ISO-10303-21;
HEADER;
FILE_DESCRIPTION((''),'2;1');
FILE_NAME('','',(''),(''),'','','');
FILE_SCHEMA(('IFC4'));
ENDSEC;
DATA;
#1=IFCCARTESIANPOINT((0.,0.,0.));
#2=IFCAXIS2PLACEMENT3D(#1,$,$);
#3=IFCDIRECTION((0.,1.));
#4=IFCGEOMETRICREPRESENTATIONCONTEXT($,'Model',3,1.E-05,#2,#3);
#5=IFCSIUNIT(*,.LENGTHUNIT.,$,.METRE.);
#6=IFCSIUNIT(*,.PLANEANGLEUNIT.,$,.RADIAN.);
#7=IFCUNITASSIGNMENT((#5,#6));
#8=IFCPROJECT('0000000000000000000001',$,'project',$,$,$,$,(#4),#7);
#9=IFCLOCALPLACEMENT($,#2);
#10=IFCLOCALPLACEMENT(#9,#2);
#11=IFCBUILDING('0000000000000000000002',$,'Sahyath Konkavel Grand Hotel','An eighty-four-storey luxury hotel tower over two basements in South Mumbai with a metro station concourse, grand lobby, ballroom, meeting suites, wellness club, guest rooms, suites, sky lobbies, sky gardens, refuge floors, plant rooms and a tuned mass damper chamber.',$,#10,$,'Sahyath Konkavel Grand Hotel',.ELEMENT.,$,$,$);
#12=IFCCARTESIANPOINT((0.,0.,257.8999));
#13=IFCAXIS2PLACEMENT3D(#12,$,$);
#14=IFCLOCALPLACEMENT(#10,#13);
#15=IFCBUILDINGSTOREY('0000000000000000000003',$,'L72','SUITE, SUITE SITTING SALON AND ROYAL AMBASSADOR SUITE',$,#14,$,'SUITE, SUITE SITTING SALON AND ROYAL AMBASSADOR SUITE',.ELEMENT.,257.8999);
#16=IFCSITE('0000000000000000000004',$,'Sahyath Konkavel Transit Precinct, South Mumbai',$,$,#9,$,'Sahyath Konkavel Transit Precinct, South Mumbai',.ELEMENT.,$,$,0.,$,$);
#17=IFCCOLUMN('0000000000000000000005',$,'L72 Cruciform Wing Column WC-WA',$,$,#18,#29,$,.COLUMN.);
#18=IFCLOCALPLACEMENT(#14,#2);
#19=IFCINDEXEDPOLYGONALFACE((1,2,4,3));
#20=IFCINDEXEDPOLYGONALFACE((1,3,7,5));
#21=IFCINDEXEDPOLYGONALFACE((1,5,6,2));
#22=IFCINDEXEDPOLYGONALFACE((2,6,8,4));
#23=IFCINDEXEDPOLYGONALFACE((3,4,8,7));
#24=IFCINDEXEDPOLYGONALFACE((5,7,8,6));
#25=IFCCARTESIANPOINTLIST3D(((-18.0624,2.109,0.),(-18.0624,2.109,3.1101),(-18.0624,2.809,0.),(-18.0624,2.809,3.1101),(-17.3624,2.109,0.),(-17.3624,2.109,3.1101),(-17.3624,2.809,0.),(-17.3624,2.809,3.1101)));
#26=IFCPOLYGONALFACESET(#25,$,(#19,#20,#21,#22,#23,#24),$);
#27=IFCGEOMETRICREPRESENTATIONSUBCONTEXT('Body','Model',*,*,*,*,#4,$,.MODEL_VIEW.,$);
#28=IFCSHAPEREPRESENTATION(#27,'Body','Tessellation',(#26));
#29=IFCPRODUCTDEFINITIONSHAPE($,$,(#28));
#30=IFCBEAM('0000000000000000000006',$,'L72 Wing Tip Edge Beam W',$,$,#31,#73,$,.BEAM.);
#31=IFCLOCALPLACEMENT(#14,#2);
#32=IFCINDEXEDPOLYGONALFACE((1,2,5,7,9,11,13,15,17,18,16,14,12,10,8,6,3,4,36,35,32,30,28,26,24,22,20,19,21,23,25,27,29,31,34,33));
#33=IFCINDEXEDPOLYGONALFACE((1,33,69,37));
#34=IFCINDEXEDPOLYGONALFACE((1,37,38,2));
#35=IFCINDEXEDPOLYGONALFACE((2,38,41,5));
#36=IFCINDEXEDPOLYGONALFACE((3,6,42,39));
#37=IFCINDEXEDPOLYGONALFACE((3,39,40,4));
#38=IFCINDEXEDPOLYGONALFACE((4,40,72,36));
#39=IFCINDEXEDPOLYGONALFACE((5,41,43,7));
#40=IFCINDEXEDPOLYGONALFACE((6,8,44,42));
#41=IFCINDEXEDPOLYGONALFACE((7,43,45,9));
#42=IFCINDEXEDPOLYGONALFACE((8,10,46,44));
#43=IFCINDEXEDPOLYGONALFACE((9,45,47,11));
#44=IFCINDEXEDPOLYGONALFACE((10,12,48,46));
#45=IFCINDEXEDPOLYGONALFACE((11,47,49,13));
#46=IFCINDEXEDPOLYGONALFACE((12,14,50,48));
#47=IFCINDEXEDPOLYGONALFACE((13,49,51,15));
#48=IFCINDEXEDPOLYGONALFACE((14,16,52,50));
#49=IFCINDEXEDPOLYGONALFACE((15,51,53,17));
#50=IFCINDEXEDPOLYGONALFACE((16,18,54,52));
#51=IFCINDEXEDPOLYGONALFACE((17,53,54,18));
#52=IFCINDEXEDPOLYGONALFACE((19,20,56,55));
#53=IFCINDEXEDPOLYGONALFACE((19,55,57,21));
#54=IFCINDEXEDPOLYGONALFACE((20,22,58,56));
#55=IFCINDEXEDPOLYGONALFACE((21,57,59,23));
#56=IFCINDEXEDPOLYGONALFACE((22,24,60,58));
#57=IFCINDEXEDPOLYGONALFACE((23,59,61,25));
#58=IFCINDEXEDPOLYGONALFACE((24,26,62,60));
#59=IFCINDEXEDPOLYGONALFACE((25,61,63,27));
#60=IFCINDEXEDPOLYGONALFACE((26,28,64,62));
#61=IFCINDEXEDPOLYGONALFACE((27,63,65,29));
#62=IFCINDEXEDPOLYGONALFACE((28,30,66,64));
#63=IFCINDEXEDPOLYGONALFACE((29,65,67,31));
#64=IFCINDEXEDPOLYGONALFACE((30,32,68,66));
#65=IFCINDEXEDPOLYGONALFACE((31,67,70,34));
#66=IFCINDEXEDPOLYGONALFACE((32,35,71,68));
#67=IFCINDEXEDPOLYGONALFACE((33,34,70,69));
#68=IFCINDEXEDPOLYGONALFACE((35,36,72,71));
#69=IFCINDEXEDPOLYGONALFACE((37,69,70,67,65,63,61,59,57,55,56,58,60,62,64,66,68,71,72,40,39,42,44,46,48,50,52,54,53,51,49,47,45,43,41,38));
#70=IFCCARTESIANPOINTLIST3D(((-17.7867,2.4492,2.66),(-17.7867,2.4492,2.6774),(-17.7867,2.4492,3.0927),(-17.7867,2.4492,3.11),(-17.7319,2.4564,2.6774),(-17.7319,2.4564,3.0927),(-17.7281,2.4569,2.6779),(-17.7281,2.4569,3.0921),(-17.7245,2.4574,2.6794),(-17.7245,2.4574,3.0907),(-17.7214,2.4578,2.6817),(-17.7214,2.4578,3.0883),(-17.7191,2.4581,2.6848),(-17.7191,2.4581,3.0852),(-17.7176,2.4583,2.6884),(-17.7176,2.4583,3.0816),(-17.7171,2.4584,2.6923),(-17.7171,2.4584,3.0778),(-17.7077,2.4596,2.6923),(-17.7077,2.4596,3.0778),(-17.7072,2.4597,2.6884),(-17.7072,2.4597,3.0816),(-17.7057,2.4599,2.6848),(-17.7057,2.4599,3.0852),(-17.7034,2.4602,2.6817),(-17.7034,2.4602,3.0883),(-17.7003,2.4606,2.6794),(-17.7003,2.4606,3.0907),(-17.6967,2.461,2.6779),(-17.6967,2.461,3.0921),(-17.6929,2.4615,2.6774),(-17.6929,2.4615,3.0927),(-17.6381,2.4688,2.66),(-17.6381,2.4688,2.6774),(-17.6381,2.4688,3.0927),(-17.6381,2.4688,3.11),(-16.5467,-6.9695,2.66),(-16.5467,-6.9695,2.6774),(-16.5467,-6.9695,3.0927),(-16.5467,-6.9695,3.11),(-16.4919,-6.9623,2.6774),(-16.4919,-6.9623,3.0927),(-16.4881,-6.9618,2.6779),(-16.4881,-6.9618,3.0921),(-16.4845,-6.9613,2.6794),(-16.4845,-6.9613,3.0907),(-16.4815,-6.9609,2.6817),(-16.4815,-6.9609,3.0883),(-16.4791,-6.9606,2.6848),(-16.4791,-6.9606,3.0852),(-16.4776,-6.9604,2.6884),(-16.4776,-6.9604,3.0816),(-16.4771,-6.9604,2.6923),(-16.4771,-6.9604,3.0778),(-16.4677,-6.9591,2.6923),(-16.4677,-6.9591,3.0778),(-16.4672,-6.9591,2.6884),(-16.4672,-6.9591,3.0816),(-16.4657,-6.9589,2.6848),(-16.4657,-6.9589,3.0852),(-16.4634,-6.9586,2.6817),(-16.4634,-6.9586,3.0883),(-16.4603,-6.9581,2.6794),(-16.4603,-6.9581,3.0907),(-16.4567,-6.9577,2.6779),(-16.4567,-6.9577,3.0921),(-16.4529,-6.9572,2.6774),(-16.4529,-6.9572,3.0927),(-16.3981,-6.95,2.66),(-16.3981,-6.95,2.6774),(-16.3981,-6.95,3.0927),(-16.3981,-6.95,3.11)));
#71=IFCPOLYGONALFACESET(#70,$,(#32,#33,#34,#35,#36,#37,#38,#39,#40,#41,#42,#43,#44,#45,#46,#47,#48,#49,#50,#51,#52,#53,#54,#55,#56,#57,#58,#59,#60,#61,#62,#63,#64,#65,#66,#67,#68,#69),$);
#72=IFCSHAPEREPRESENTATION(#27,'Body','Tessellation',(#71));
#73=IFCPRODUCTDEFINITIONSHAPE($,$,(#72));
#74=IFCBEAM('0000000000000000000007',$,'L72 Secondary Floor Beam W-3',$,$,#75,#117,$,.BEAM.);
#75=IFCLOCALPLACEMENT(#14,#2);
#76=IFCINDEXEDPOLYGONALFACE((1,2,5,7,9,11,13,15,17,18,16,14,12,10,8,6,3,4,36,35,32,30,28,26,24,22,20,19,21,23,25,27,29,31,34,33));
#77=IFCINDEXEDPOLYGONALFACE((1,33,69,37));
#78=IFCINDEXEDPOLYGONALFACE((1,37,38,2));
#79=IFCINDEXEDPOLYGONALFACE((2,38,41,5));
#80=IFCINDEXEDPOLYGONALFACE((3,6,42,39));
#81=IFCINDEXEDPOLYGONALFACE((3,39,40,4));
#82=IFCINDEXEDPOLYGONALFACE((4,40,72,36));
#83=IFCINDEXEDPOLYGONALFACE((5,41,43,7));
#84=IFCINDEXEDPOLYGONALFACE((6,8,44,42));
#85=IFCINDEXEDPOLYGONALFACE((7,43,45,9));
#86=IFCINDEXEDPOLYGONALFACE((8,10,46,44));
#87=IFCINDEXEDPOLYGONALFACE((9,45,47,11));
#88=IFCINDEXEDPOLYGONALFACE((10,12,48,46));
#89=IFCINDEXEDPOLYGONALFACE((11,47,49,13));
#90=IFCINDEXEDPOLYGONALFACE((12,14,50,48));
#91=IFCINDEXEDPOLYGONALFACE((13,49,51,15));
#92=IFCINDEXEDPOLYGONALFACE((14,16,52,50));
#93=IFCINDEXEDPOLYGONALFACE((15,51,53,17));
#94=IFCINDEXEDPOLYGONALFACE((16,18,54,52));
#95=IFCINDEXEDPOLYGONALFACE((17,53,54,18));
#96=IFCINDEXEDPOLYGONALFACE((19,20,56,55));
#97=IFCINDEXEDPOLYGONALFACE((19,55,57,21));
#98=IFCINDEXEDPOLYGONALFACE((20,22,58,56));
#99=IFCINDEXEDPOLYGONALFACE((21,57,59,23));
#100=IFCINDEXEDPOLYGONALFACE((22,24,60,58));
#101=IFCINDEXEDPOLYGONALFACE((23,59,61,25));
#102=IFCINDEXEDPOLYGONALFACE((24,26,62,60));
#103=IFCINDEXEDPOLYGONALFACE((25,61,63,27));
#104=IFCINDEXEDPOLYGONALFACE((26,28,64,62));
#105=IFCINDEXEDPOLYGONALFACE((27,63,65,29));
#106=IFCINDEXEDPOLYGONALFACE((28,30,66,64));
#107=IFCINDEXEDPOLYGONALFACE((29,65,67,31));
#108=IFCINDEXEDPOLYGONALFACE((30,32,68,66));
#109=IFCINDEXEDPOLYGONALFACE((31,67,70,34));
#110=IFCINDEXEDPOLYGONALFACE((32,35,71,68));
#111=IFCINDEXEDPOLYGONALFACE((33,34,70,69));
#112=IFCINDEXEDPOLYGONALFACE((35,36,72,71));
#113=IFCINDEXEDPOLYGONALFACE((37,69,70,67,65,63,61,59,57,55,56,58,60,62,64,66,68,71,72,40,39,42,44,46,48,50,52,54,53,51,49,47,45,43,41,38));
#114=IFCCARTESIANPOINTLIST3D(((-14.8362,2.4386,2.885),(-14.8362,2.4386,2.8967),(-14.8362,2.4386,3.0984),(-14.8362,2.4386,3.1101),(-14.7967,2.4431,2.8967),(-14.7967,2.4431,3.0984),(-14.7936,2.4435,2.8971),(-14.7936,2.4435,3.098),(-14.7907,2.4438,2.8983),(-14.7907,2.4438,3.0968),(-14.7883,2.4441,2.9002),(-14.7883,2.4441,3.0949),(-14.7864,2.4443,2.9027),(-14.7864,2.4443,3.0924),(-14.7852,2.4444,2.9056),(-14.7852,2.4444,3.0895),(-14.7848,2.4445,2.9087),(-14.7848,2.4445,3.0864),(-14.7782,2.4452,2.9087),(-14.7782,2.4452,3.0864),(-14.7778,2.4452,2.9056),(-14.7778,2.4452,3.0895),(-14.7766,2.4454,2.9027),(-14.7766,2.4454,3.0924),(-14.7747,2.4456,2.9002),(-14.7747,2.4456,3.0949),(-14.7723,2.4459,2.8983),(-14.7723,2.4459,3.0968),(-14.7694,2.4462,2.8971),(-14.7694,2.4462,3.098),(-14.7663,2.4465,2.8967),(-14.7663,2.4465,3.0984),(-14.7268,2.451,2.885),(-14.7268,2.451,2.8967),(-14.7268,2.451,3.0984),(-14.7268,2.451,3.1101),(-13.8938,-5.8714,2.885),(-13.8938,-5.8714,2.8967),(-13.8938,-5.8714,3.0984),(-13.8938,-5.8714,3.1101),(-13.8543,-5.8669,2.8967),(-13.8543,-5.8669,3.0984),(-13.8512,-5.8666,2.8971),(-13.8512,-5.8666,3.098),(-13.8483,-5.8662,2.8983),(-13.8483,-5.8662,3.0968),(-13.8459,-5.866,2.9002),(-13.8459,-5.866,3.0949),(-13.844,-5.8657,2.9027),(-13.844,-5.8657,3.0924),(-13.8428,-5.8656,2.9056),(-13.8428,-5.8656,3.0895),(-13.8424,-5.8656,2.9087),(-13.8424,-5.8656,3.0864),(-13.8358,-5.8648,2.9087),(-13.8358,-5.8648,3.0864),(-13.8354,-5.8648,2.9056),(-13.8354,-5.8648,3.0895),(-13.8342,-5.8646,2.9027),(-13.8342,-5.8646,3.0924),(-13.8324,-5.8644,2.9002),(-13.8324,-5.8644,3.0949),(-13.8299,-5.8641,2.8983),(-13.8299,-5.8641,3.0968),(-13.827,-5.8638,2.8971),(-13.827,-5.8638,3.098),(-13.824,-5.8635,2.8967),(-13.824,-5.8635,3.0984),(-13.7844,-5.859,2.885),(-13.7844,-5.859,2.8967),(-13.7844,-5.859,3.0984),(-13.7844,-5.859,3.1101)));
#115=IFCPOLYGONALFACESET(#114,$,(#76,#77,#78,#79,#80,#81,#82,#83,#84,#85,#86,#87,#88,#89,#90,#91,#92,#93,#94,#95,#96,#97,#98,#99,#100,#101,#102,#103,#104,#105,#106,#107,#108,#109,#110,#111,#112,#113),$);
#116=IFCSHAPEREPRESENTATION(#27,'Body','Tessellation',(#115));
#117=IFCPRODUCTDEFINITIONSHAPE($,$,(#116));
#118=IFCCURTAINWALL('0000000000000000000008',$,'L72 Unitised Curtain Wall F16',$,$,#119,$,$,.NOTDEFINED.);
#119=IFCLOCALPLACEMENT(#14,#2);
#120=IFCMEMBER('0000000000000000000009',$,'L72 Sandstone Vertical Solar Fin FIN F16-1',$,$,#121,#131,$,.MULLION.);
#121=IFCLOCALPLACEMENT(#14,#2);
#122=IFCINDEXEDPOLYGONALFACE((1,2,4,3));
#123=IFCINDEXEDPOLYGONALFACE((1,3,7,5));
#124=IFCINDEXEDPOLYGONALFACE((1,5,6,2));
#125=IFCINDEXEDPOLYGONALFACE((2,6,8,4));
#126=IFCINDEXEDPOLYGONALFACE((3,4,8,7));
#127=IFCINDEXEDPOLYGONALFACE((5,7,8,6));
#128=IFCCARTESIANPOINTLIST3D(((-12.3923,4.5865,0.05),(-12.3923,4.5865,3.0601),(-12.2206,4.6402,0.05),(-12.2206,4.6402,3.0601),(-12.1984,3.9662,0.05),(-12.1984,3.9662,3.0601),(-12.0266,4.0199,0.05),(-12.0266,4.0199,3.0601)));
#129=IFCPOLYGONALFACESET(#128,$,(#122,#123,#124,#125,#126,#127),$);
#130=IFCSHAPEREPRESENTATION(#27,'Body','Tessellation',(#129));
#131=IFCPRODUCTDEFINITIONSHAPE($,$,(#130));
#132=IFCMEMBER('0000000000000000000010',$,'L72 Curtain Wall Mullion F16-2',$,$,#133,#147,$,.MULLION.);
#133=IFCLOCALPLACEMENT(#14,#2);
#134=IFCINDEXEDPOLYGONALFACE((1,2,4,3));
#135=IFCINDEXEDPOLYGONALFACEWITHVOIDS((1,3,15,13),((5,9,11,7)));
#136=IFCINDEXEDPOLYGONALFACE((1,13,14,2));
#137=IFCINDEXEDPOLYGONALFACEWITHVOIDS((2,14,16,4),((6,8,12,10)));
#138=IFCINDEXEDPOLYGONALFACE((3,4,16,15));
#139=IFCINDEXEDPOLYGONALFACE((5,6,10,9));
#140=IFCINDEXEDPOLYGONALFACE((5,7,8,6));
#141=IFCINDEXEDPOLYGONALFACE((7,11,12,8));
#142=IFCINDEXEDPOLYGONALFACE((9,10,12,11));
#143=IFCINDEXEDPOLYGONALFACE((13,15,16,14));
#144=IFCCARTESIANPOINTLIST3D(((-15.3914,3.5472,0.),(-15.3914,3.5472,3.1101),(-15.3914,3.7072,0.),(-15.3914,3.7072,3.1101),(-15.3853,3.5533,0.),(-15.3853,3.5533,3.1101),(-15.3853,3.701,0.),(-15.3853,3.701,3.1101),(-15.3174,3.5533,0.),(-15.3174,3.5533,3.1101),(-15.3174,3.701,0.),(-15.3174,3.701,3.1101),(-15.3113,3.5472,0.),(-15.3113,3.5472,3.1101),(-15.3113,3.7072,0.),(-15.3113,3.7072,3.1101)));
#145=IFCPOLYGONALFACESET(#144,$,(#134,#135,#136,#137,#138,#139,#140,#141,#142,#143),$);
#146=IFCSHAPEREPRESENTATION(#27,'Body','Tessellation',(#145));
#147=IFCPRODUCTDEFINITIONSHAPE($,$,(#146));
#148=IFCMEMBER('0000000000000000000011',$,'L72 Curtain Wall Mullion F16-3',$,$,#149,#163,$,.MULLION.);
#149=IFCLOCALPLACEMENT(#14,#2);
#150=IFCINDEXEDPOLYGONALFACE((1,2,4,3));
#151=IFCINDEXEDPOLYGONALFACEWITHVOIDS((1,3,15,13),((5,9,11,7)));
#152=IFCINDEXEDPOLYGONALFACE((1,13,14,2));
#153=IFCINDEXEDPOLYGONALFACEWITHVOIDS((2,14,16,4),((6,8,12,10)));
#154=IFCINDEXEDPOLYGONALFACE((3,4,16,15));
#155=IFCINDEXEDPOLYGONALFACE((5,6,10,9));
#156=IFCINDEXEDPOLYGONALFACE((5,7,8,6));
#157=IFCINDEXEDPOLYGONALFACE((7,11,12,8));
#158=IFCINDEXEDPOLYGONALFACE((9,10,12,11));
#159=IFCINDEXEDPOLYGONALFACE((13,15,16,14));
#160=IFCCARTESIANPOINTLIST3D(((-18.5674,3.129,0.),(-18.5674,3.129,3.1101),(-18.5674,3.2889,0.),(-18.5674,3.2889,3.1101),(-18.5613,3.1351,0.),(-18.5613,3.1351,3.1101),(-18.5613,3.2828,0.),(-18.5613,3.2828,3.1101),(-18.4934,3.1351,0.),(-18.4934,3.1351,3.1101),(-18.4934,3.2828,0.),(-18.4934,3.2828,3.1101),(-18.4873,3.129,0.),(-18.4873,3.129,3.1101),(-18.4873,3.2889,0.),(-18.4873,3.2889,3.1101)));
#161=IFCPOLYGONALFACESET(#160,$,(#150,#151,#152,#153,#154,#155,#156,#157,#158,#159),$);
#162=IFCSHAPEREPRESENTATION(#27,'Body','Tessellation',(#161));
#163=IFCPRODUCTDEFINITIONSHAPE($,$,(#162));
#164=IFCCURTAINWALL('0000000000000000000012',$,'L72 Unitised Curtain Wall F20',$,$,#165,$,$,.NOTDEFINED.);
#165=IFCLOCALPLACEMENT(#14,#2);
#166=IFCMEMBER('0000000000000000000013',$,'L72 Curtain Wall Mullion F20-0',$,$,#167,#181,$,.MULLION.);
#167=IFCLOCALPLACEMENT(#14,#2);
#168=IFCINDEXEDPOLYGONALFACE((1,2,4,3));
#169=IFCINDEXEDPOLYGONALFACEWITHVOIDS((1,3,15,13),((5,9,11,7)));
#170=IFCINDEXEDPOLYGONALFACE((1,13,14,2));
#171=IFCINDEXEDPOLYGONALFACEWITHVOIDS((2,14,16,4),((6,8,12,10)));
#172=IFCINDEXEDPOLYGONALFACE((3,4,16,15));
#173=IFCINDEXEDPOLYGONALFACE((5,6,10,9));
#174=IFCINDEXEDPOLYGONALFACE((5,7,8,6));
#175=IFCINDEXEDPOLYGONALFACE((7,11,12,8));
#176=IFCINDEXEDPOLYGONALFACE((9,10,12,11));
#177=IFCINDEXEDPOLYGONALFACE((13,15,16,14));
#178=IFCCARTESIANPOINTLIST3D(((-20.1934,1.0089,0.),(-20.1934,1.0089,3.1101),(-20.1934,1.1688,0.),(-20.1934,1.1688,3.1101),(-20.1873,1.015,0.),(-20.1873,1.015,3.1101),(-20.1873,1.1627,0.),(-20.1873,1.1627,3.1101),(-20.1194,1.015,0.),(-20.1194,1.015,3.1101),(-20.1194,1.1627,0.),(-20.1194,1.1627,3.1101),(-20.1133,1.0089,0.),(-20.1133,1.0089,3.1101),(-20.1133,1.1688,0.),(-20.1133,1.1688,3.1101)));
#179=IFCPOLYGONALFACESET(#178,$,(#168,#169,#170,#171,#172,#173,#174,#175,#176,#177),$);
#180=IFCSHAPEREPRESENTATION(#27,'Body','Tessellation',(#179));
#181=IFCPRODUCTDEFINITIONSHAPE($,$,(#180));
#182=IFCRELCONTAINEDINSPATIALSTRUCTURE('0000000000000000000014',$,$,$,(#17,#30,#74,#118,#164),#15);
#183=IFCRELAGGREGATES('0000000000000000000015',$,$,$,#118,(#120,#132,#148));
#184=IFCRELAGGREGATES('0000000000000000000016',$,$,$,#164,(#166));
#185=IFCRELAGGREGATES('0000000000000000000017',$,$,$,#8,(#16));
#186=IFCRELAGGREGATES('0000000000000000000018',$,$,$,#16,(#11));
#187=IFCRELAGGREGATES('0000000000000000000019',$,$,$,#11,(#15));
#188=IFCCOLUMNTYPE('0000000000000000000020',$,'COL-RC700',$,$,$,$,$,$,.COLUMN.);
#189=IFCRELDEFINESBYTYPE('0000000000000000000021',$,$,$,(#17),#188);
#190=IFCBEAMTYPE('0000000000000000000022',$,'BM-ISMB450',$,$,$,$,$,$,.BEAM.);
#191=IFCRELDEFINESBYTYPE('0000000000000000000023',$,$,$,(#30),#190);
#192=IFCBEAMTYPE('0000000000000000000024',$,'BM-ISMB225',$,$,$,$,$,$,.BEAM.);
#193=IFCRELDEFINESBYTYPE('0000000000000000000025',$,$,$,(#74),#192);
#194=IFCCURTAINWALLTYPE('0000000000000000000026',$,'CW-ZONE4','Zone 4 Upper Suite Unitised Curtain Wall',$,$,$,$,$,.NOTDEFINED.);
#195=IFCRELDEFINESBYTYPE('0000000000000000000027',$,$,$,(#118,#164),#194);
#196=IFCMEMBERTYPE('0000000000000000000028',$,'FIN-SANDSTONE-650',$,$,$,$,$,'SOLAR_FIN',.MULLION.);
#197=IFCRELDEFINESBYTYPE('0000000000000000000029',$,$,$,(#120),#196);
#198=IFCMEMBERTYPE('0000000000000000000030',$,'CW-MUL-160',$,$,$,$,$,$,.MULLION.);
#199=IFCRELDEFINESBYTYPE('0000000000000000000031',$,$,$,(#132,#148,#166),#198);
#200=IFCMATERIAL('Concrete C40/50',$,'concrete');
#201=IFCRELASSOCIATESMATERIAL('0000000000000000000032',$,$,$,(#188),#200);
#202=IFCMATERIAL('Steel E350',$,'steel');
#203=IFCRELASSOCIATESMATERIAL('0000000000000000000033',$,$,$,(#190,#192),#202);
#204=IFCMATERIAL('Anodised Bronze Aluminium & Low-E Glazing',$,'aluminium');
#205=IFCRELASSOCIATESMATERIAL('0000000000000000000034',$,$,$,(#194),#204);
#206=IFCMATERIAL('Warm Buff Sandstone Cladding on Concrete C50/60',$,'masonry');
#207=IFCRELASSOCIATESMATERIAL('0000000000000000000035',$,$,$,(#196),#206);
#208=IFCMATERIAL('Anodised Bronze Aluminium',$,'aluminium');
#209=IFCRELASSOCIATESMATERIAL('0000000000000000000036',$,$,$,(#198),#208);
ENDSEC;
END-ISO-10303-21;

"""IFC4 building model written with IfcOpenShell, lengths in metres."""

from ifc_helpers import new_model, si_unit, direction, frame, origin, origin_2d, place, context, subcontext, project, spatial, rectangle, hollow_rectangle, i_section, extrude, source, transform, mapped, material, material_profile, profile_set, type_object, element, aggregate, save


model = new_model("IFC4")

# Units and contexts
model_context = context("Model", 3, precision=1e-05, world=origin(), true_north=direction((0.0, 1.0)))
body_context = subcontext(model_context, "Body", "Model", "MODEL_VIEW")
ifc_project = project(units=[si_unit("LENGTHUNIT", "METRE"), si_unit("PLANEANGLEUNIT", "RADIAN")], contexts=[model_context])

# Site, building, storey
site_placement = place(None, origin())
site = spatial("IfcSite", under=ifc_project, at=site_placement, Name="Sahyath Konkavel Transit Precinct, South Mumbai", LongName="Sahyath Konkavel Transit Precinct, South Mumbai", CompositionType="ELEMENT", RefElevation=0.0)
building_placement = place(site_placement, origin())
building = spatial("IfcBuilding", under=site, at=building_placement, Name="Sahyath Konkavel Grand Hotel", Description="An eighty-four-storey luxury hotel tower over two basements in South Mumbai with a metro station concourse, grand lobby, ballroom, meeting suites, wellness club, guest rooms, suites, sky lobbies, sky gardens, refuge floors, plant rooms and a tuned mass damper chamber.", LongName="Sahyath Konkavel Grand Hotel", CompositionType="ELEMENT")
storey_placement = place(building_placement, frame((0.0, 0.0, 257.8999)))
storey = spatial("IfcBuildingStorey", under=building, at=storey_placement, Name="L72", Description="SUITE, SUITE SITTING SALON AND ROYAL AMBASSADOR SUITE", LongName="SUITE, SUITE SITTING SALON AND ROYAL AMBASSADOR SUITE", CompositionType="ELEMENT", Elevation=257.8999)

# Column
ifc_material_1 = material(Name="Concrete C40/50", Category="concrete")
ifc_material_profile_1 = material_profile(ifc_material_1, rectangle(XDim=0.7, YDim=0.7, at=origin_2d()), Name="RC 700x700")
ifc_profile_set_1 = profile_set([ifc_material_profile_1], Name="Concrete C40/50")
column_type = type_object("IfcColumnType", Name="COL-RC700", PredefinedType="COLUMN", material=ifc_profile_set_1)
shared_shape_1 = source(origin(), body_context, "Body", "SweptSolid", [
    extrude(rectangle(XDim=0.7, YDim=0.7, at=origin_2d()), origin(), (0.0, 0.0, 1.0), 3.1101),
])
column_placement = place(storey_placement, frame((-17.7124, 2.459, 0.0), z_axis=(0.0, 0.0, 1.0), x_axis=(1.0, 0.0, 0.0)))
element("IfcColumn", 1, at=column_placement, inside=storey, type_object=column_type, Name="L72 Cruciform Wing Column WC-WA", PredefinedType="COLUMN", context=body_context, shape_type="MappedRepresentation", body=[
    mapped(shared_shape_1, transform((0.0, 0.0, 0.0), scale=1.0)),
])

# Beams
ifc_material_2 = material(Name="Steel E350", Category="steel")
ifc_material_profile_2 = material_profile(ifc_material_2, i_section(OverallWidth=0.1499, OverallDepth=0.45, WebThickness=0.0095, FlangeThickness=0.0173, FilletRadius=0.0149, at=origin_2d()), Name="ISMB 450")
ifc_profile_set_2 = profile_set([ifc_material_profile_2], Name="Steel E350")
beam_type_1 = type_object("IfcBeamType", Name="BM-ISMB450", PredefinedType="BEAM", material=ifc_profile_set_2)
shared_shape_2 = source(origin(), body_context, "Body", "SweptSolid", [
    extrude(i_section(OverallWidth=0.1499, OverallDepth=0.45, WebThickness=0.0095, FlangeThickness=0.0173, FilletRadius=0.0149, at=origin_2d()), origin(), (0.0, 0.0, 1.0), 9.5),
])
beam_1_placement = place(storey_placement, frame((-17.7124, 2.459, 2.885), z_axis=(0.130526, -0.991445, 0.0), x_axis=(0.991445, 0.130526, 0.0)))
element("IfcBeam", 2, at=beam_1_placement, inside=storey, type_object=beam_type_1, Name="L72 Wing Tip Edge Beam W", PredefinedType="BEAM", context=body_context, shape_type="MappedRepresentation", body=[
    mapped(shared_shape_2, transform((0.0, 0.0, 0.0), scale=1.0)),
])
ifc_material_profile_3 = material_profile(ifc_material_2, i_section(OverallWidth=0.1101, OverallDepth=0.2251, WebThickness=0.0066, FlangeThickness=0.0117, FilletRadius=0.012, at=origin_2d()), Name="ISMB 225")
ifc_profile_set_3 = profile_set([ifc_material_profile_3], Name="Steel E350")
beam_type_2 = type_object("IfcBeamType", Name="BM-ISMB225", PredefinedType="BEAM", material=ifc_profile_set_3)
shared_shape_3 = source(origin(), body_context, "Body", "SweptSolid", [
    extrude(i_section(OverallWidth=0.1101, OverallDepth=0.2251, WebThickness=0.0066, FlangeThickness=0.0117, FilletRadius=0.012, at=origin_2d()), origin(), (0.0, 0.0, 1.0), 8.3633),
])
beam_2_placement = place(storey_placement, frame((-14.7815, 2.4448, 2.9976), z_axis=(0.11268, -0.993631, 0.0), x_axis=(0.993631, 0.11268, 0.0)))
element("IfcBeam", 3, at=beam_2_placement, inside=storey, type_object=beam_type_2, Name="L72 Secondary Floor Beam W-3", PredefinedType="BEAM", context=body_context, shape_type="MappedRepresentation", body=[
    mapped(shared_shape_3, transform((0.0, 0.0, 0.0), scale=1.0)),
])

# Curtain wall, members
ifc_material_3 = material(Name="Anodised Bronze Aluminium & Low-E Glazing", Category="aluminium")
curtain_wall_type = type_object("IfcCurtainWallType", Name="CW-ZONE4", Description="Zone 4 Upper Suite Unitised Curtain Wall", PredefinedType="NOTDEFINED", material=ifc_material_3)
curtain_wall_1_placement = place(storey_placement, origin())
curtain_wall_1 = element("IfcCurtainWall", 4, at=curtain_wall_1_placement, inside=storey, type_object=curtain_wall_type, Name="L72 Unitised Curtain Wall F16", PredefinedType="NOTDEFINED")
ifc_material_4 = material(Name="Warm Buff Sandstone Cladding on Concrete C50/60", Category="masonry")
ifc_material_profile_4 = material_profile(ifc_material_4, rectangle(XDim=0.1799, YDim=0.6499, at=origin_2d()), Name="FIN 180x650")
ifc_profile_set_4 = profile_set([ifc_material_profile_4], Name="Warm Buff Sandstone Cladding on Concrete C50/60")
member_type_1 = type_object("IfcMemberType", Name="FIN-SANDSTONE-650", ElementType="SOLAR_FIN", PredefinedType="MULLION", material=ifc_profile_set_4)
shared_shape_4 = source(origin(), body_context, "Body", "SweptSolid", [
    extrude(rectangle(XDim=0.1799, YDim=0.6499, at=origin_2d()), origin(), (0.0, 0.0, 1.0), 3.01),
])
member_1_placement = place(storey_placement, frame((-12.2095, 4.3032, 0.05), z_axis=(0.0, 0.0, 1.0), x_axis=(0.954449, 0.298375, 0.0)))
member_1 = element("IfcMember", 5, at=member_1_placement, type_object=member_type_1, Name="L72 Sandstone Vertical Solar Fin FIN F16-1", PredefinedType="MULLION", context=body_context, shape_type="MappedRepresentation", body=[
    mapped(shared_shape_4, transform((0.0, 0.0, 0.0), scale=1.0)),
])
ifc_material_5 = material(Name="Anodised Bronze Aluminium", Category="aluminium")
ifc_material_profile_5 = material_profile(ifc_material_5, hollow_rectangle(XDim=0.0801, YDim=0.1599, WallThickness=0.0061, at=origin_2d()), Name="RHS 160x80x6")
ifc_profile_set_5 = profile_set([ifc_material_profile_5], Name="Anodised Bronze Aluminium")
member_type_2 = type_object("IfcMemberType", Name="CW-MUL-160", PredefinedType="MULLION", material=ifc_profile_set_5)
shared_shape_5 = source(origin(), body_context, "Body", "SweptSolid", [
    extrude(hollow_rectangle(XDim=0.0801, YDim=0.1599, WallThickness=0.0061, at=origin_2d()), origin(), (0.0, 0.0, 1.0), 3.1101),
])
member_2_placement = place(storey_placement, frame((-15.3513, 3.6272, 0.0), z_axis=(0.0, 0.0, 1.0), x_axis=(1.0, 0.0, 0.0)))
member_2 = element("IfcMember", 6, at=member_2_placement, type_object=member_type_2, Name="L72 Curtain Wall Mullion F16-2", PredefinedType="MULLION", context=body_context, shape_type="MappedRepresentation", body=[
    mapped(shared_shape_5, transform((0.0, 0.0, 0.0), scale=1.0)),
])
member_3_placement = place(storey_placement, frame((-18.5273, 3.209, 0.0), z_axis=(0.0, 0.0, 1.0), x_axis=(1.0, 0.0, 0.0)))
member_3 = element("IfcMember", 7, at=member_3_placement, type_object=member_type_2, Name="L72 Curtain Wall Mullion F16-3", PredefinedType="MULLION", context=body_context, shape_type="MappedRepresentation", body=[
    mapped(shared_shape_5, transform((0.0, 0.0, 0.0), scale=1.0)),
])

# Curtain wall, member
curtain_wall_2_placement = place(storey_placement, origin())
curtain_wall_2 = element("IfcCurtainWall", 8, at=curtain_wall_2_placement, inside=storey, type_object=curtain_wall_type, Name="L72 Unitised Curtain Wall F20", PredefinedType="NOTDEFINED")
member_4_placement = place(storey_placement, frame((-20.1533, 1.0889, 0.0), z_axis=(0.0, 0.0, 1.0), x_axis=(1.0, 0.0, 0.0)))
member_4 = element("IfcMember", 9, at=member_4_placement, type_object=member_type_2, Name="L72 Curtain Wall Mullion F20-0", PredefinedType="MULLION", context=body_context, shape_type="MappedRepresentation", body=[
    mapped(shared_shape_5, transform((0.0, 0.0, 0.0), scale=1.0)),
])

aggregate(curtain_wall_1, [member_1, member_2, member_3])
aggregate(curtain_wall_2, [member_4])

save(model, "model.ifc")
